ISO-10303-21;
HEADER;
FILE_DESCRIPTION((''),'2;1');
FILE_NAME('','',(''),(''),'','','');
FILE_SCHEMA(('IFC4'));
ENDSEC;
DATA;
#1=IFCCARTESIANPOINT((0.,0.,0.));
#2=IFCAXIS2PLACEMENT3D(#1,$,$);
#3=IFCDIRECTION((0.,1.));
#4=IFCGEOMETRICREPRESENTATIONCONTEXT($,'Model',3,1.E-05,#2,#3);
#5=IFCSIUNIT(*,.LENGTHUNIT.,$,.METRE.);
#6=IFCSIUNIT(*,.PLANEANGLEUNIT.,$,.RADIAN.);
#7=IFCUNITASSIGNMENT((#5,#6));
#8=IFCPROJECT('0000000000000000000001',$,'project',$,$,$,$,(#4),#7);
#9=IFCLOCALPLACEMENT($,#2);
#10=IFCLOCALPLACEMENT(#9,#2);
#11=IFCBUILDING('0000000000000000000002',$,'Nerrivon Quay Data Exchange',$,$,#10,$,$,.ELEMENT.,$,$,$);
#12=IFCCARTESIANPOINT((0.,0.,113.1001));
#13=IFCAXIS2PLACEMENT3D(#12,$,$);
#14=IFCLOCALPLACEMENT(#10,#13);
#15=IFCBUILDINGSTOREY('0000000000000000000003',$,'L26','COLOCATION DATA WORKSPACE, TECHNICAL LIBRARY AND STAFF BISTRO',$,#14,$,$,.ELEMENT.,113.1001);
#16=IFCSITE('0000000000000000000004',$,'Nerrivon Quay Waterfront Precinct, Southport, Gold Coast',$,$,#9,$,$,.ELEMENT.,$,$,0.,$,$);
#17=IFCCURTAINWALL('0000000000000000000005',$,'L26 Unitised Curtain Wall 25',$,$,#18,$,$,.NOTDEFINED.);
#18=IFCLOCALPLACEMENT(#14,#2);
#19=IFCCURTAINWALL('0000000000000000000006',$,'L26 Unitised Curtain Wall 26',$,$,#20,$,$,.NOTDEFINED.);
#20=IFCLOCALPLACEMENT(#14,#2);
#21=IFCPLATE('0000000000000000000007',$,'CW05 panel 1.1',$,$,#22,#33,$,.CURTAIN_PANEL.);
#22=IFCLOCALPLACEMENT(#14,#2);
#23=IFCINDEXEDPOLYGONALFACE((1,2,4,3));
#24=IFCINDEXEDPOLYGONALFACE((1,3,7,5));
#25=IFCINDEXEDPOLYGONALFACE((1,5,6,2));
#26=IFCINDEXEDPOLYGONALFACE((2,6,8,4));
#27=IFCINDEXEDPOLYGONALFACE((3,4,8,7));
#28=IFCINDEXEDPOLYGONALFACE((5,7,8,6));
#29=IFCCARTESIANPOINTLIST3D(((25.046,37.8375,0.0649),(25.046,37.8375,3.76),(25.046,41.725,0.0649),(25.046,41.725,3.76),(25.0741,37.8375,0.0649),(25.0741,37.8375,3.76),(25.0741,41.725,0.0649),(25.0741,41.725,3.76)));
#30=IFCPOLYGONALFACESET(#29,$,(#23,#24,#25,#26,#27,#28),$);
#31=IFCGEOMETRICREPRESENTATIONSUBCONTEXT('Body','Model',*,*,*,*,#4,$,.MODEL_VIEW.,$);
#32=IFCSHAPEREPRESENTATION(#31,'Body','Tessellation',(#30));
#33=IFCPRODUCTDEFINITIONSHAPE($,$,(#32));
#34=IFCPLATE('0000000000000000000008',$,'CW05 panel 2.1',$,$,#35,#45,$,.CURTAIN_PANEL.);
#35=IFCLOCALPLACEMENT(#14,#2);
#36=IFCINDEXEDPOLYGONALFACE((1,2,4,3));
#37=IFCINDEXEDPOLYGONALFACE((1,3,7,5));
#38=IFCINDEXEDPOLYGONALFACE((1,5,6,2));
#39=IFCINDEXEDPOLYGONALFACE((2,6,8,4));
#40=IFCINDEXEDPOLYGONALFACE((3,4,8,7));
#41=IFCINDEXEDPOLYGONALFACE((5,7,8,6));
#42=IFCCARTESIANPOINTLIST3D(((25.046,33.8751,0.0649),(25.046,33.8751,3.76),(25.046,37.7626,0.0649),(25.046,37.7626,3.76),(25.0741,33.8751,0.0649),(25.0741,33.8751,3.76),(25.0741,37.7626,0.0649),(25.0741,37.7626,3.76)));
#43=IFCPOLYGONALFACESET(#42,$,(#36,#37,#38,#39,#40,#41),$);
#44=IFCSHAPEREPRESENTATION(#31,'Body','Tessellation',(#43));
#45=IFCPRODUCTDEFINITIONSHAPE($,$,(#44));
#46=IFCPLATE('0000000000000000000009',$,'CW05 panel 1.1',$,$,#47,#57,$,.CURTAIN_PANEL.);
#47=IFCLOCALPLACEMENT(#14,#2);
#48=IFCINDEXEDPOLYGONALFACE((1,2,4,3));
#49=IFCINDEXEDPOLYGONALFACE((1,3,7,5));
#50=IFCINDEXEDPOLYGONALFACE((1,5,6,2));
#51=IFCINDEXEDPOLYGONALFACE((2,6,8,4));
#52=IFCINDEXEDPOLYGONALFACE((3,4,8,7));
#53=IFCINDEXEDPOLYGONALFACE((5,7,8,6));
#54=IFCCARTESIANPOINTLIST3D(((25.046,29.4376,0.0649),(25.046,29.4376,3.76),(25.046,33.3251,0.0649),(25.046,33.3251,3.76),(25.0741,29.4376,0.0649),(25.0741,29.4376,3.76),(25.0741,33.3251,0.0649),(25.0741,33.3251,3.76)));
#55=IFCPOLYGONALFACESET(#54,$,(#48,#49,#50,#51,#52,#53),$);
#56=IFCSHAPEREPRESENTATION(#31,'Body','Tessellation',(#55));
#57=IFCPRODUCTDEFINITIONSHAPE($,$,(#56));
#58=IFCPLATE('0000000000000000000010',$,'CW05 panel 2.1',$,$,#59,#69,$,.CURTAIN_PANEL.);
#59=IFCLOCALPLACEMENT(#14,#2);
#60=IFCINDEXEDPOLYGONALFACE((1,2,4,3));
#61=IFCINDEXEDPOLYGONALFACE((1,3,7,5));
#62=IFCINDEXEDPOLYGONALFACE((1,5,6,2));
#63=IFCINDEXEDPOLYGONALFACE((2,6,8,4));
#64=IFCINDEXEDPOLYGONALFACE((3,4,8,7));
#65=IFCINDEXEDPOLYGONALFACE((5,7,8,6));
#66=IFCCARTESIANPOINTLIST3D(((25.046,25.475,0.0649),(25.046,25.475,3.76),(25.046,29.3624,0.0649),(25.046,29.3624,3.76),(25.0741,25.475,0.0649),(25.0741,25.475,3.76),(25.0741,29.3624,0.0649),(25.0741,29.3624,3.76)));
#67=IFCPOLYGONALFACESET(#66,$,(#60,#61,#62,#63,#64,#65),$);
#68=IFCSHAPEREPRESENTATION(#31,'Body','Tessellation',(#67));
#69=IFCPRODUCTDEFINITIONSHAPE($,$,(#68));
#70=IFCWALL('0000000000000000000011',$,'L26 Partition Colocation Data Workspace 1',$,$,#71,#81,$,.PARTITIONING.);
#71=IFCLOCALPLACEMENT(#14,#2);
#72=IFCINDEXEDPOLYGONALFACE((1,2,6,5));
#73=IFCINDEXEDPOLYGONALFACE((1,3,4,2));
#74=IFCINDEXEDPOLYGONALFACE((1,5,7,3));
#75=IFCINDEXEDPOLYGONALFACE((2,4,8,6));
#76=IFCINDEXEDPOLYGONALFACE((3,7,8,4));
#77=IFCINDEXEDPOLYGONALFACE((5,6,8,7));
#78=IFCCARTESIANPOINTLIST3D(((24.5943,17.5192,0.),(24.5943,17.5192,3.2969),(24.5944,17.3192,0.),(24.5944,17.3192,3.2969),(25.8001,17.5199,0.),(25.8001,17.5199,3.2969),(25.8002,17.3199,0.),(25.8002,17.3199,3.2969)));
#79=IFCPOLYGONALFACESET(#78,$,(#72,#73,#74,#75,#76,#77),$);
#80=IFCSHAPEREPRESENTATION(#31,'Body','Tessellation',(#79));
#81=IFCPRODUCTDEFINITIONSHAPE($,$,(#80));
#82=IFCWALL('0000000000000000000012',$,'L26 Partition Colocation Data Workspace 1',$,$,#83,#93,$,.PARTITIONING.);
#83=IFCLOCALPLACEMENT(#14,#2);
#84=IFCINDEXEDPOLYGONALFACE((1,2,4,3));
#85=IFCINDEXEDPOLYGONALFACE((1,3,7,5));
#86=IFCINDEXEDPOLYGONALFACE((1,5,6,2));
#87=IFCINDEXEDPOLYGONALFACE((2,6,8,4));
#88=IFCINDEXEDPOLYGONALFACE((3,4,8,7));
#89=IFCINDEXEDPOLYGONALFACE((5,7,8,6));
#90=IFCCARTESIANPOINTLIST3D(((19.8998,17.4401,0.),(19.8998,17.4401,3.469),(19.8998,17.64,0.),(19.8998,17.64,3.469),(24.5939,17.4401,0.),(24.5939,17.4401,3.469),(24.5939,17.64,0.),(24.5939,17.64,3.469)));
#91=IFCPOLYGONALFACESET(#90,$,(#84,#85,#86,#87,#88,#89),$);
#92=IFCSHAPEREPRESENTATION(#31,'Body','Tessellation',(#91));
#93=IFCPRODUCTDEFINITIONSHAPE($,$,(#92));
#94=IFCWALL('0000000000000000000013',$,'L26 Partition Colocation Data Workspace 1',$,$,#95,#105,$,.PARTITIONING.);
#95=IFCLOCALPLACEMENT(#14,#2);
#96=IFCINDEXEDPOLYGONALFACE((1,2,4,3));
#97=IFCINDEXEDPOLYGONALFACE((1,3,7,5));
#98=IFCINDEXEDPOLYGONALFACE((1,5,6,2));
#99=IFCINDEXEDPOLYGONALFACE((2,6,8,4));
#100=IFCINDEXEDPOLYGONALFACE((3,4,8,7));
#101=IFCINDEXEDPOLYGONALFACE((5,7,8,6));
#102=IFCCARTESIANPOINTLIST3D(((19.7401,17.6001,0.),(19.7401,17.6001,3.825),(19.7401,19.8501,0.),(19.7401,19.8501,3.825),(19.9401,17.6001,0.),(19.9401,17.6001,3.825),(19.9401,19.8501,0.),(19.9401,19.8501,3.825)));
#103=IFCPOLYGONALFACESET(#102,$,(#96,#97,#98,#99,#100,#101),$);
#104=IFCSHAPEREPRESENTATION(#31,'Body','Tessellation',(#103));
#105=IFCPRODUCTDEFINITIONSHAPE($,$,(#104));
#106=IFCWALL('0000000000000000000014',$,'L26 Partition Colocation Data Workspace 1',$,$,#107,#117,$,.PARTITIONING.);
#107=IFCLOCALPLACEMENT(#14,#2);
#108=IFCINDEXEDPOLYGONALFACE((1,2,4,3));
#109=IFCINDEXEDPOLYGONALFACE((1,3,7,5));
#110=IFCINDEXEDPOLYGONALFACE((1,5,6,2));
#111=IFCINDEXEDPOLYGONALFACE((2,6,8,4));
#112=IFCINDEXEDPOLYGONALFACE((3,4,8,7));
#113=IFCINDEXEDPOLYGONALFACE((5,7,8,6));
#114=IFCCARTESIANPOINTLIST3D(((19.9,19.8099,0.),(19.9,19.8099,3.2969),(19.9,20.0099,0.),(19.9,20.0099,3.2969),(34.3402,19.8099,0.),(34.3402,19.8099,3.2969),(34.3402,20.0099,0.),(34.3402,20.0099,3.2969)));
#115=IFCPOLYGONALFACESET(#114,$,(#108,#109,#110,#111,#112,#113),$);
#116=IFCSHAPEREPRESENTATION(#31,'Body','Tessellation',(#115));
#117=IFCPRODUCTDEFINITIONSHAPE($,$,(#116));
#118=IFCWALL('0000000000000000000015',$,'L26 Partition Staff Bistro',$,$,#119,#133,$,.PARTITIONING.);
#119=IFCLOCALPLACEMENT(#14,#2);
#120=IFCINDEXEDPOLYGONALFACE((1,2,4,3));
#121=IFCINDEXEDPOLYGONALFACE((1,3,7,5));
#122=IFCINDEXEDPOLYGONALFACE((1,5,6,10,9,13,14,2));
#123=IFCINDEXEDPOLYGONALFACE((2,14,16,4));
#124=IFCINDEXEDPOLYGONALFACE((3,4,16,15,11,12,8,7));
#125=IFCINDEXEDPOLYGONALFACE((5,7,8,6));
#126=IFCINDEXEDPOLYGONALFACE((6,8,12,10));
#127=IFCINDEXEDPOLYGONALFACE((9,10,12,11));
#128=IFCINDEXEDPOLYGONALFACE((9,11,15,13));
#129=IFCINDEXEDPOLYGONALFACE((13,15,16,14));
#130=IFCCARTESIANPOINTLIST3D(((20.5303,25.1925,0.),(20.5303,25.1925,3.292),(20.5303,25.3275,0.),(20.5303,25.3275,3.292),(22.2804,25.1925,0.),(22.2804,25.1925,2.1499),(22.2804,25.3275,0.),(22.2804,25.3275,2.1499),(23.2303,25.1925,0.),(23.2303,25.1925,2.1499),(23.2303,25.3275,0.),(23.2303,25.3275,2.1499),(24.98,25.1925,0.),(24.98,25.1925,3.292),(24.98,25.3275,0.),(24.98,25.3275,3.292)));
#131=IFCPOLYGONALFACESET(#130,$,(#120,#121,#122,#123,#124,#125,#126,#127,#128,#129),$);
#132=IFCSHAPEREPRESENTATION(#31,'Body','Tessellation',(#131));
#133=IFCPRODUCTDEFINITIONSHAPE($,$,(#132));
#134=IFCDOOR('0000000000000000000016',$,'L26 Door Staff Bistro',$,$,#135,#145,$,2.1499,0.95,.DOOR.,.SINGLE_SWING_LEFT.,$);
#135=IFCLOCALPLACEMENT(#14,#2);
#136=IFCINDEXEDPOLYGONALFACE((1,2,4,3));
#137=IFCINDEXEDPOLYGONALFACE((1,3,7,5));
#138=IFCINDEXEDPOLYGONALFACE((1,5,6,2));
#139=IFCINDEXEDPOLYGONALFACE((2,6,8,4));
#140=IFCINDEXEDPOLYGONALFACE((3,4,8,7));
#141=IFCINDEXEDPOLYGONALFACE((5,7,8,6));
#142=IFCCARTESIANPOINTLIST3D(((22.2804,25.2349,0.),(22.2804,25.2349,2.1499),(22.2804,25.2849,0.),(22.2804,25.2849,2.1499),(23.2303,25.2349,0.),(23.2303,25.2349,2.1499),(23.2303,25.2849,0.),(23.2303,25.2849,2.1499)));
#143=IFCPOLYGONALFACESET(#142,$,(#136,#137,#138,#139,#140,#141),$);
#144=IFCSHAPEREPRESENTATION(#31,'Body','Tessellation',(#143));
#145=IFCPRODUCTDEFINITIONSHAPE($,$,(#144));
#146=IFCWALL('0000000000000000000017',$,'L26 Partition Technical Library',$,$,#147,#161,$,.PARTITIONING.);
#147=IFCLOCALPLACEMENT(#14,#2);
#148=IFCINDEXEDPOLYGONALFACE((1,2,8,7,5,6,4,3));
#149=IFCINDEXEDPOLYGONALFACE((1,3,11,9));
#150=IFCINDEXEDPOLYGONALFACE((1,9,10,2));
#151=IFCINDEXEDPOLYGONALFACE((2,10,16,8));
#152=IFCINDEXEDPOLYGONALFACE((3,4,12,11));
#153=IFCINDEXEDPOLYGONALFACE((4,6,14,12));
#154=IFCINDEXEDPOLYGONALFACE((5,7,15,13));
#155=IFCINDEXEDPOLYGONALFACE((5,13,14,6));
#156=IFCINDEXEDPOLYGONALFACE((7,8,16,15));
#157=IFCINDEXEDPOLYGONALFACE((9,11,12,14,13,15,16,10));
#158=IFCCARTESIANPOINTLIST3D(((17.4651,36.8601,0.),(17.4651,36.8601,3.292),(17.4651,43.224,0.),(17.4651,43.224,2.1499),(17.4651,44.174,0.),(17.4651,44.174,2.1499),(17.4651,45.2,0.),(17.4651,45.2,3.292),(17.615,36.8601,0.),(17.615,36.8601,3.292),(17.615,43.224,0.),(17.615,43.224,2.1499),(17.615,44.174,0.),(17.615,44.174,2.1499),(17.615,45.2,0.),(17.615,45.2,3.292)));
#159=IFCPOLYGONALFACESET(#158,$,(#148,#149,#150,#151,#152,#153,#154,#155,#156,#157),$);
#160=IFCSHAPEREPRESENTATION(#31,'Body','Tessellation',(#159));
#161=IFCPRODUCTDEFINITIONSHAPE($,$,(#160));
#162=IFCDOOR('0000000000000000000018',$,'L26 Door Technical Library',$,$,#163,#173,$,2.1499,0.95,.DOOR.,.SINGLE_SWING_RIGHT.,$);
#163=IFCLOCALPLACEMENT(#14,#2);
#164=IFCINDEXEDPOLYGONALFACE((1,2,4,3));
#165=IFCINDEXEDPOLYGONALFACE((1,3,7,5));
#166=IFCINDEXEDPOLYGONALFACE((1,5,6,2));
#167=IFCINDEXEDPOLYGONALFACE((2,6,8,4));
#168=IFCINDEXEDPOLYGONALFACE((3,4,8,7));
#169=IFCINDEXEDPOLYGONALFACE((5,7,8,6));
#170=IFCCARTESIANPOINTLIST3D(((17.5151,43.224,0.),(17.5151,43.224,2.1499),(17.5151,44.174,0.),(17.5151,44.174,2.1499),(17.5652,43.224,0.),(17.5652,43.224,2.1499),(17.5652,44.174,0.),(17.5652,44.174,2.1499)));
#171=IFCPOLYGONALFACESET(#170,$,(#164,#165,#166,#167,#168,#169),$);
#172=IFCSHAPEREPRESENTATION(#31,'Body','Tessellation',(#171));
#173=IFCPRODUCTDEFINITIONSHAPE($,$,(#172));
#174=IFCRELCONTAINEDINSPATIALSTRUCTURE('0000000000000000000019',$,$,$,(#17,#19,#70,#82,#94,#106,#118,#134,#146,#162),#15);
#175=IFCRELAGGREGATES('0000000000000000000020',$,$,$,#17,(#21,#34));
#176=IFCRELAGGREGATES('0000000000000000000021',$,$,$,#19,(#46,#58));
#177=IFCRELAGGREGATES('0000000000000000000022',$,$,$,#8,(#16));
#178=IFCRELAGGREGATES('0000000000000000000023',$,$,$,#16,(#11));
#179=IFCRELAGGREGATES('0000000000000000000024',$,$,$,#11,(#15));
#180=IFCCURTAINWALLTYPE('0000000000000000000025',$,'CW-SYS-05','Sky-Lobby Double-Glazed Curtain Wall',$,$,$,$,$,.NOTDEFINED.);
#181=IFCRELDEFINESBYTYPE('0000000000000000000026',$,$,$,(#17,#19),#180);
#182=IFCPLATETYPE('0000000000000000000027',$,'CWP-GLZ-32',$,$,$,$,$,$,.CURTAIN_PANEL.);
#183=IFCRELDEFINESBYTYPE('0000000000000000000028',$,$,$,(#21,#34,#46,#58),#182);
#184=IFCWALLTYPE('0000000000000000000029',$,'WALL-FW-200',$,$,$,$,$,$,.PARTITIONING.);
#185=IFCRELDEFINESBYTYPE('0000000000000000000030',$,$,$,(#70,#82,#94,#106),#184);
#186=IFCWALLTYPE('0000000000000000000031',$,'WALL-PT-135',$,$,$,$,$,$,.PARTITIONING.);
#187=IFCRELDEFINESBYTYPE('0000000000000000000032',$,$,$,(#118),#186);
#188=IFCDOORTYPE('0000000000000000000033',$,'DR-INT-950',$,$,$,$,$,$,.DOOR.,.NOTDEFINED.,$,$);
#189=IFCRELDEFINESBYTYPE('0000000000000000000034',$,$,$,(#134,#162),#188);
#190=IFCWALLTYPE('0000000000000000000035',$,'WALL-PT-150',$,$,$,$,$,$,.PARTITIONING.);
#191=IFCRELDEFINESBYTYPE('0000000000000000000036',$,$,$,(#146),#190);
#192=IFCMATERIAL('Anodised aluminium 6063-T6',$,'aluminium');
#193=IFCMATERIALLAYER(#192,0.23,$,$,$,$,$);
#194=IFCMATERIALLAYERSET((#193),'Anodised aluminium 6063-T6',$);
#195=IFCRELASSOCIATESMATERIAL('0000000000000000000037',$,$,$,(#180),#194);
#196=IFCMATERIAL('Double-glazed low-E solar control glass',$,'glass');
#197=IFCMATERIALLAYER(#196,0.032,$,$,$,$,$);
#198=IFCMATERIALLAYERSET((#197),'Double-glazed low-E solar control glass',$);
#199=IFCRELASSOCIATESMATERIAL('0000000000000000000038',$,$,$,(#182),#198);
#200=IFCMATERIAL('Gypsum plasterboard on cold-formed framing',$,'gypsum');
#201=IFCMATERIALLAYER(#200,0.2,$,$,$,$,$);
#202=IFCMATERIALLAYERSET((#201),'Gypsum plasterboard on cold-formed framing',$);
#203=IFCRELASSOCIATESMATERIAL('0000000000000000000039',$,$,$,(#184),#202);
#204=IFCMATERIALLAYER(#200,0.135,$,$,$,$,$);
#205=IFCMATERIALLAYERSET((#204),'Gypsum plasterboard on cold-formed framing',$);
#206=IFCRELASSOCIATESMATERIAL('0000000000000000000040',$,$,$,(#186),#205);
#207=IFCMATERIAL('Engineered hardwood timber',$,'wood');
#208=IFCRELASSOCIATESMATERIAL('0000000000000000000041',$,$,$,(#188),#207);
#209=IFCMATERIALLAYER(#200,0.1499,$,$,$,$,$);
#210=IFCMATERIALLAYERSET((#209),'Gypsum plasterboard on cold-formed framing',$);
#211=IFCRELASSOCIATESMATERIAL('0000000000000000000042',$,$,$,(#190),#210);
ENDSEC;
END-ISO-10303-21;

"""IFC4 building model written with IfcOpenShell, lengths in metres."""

from ifc_helpers import new_model, si_unit, direction, frame, frame_2d, origin, origin_2d, place, context, subcontext, project, spatial, rectangle, extrude, material, layer, layer_set, type_object, element, fill, aggregate, save


model = new_model("IFC4")

# Units and contexts
model_context = context("Model", 3, precision=1e-05, world=origin(), true_north=direction((0.0, 1.0)))
body_context = subcontext(model_context, "Body", "Model", "MODEL_VIEW")
ifc_project = project(units=[si_unit("LENGTHUNIT", "METRE"), si_unit("PLANEANGLEUNIT", "RADIAN")], contexts=[model_context])

# Site, building, storey
site_placement = place(None, origin())
site = spatial("IfcSite", under=ifc_project, at=site_placement, Name="Nerrivon Quay Waterfront Precinct, Southport, Gold Coast", CompositionType="ELEMENT", RefElevation=0.0)
building_placement = place(site_placement, origin())
building = spatial("IfcBuilding", under=site, at=building_placement, Name="Nerrivon Quay Data Exchange", CompositionType="ELEMENT")
storey_placement = place(building_placement, frame((0.0, 0.0, 113.1001)))
storey = spatial("IfcBuildingStorey", under=building, at=storey_placement, Name="L26", Description="COLOCATION DATA WORKSPACE, TECHNICAL LIBRARY AND STAFF BISTRO", CompositionType="ELEMENT", Elevation=113.1001)

# Curtain walls
ifc_material_1 = material(Name="Anodised aluminium 6063-T6", Category="aluminium")
ifc_layer_1 = layer(ifc_material_1, 0.23)
ifc_layer_set_1 = layer_set([ifc_layer_1], Name="Anodised aluminium 6063-T6")
curtain_wall_type = type_object("IfcCurtainWallType", Name="CW-SYS-05", Description="Sky-Lobby Double-Glazed Curtain Wall", PredefinedType="NOTDEFINED", material=ifc_layer_set_1)
curtain_wall_1_placement = place(storey_placement, origin())
curtain_wall_1 = element("IfcCurtainWall", 1, at=curtain_wall_1_placement, inside=storey, type_object=curtain_wall_type, Name="L26 Unitised Curtain Wall 25", PredefinedType="NOTDEFINED")
curtain_wall_2_placement = place(storey_placement, origin())
curtain_wall_2 = element("IfcCurtainWall", 2, at=curtain_wall_2_placement, inside=storey, type_object=curtain_wall_type, Name="L26 Unitised Curtain Wall 26", PredefinedType="NOTDEFINED")

# Plates
ifc_material_2 = material(Name="Double-glazed low-E solar control glass", Category="glass")
ifc_layer_2 = layer(ifc_material_2, 0.032)
ifc_layer_set_2 = layer_set([ifc_layer_2], Name="Double-glazed low-E solar control glass")
plate_type = type_object("IfcPlateType", Name="CWP-GLZ-32", PredefinedType="CURTAIN_PANEL", material=ifc_layer_set_2)
plate_1_placement = place(storey_placement, frame((25.0601, 39.7812, 0.0649), z_axis=(0.0, 0.0, 1.0), x_axis=(0.0, -1.0, 0.0)))
plate_1 = element("IfcPlate", 3, at=plate_1_placement, type_object=plate_type, Name="CW05 panel 1.1", PredefinedType="CURTAIN_PANEL", context=body_context, shape_type="SweptSolid", body=[
    extrude(rectangle(XDim=3.8875, YDim=0.0281, at=origin_2d()), origin(), (0.0, 0.0, 1.0), 3.6951),
])
plate_2_placement = place(storey_placement, frame((25.0601, 35.8188, 0.0649), z_axis=(0.0, 0.0, 1.0), x_axis=(0.0, -1.0, 0.0)))
plate_2 = element("IfcPlate", 4, at=plate_2_placement, type_object=plate_type, Name="CW05 panel 2.1", PredefinedType="CURTAIN_PANEL", context=body_context, shape_type="SweptSolid", body=[
    extrude(rectangle(XDim=3.8875, YDim=0.0281, at=origin_2d()), origin(), (0.0, 0.0, 1.0), 3.6951),
])
aggregate(curtain_wall_1, [plate_1, plate_2])
plate_3_placement = place(storey_placement, frame((25.0601, 31.3813, 0.0649), z_axis=(0.0, 0.0, 1.0), x_axis=(0.0, -1.0, 0.0)))
plate_3 = element("IfcPlate", 5, at=plate_3_placement, type_object=plate_type, Name="CW05 panel 1.1", PredefinedType="CURTAIN_PANEL", context=body_context, shape_type="SweptSolid", body=[
    extrude(rectangle(XDim=3.8875, YDim=0.0281, at=origin_2d()), origin(), (0.0, 0.0, 1.0), 3.6951),
])
plate_4_placement = place(storey_placement, frame((25.0601, 27.4187, 0.0649), z_axis=(0.0, 0.0, 1.0), x_axis=(0.0, -1.0, 0.0)))
plate_4 = element("IfcPlate", 6, at=plate_4_placement, type_object=plate_type, Name="CW05 panel 2.1", PredefinedType="CURTAIN_PANEL", context=body_context, shape_type="SweptSolid", body=[
    extrude(rectangle(XDim=3.8875, YDim=0.0281, at=origin_2d()), origin(), (0.0, 0.0, 1.0), 3.6951),
])
aggregate(curtain_wall_2, [plate_3, plate_4])

# Walls
ifc_material_3 = material(Name="Gypsum plasterboard on cold-formed framing", Category="gypsum")
ifc_layer_3 = layer(ifc_material_3, 0.2)
ifc_layer_set_3 = layer_set([ifc_layer_3], Name="Gypsum plasterboard on cold-formed framing")
wall_type_1 = type_object("IfcWallType", Name="WALL-FW-200", PredefinedType="PARTITIONING", material=ifc_layer_set_3)
wall_1_placement = place(storey_placement, frame((24.5942, 17.4192, 0.0), z_axis=(0.0, 0.0, 1.0), x_axis=(1.0, 0.000607, 0.0)))
element("IfcWall", 7, at=wall_1_placement, inside=storey, type_object=wall_type_1, Name="L26 Partition Colocation Data Workspace 1", PredefinedType="PARTITIONING", context=body_context, shape_type="SweptSolid", body=[
    extrude(rectangle(XDim=1.2058, YDim=0.2, at=frame_2d((0.603, 0.0))), origin(), (0.0, 0.0, 1.0), 3.2969),
])
wall_2_placement = place(storey_placement, frame((24.594, 17.54, 0.0), z_axis=(0.0, 0.0, 1.0), x_axis=(-1.0, 0.0, 0.0)))
element("IfcWall", 8, at=wall_2_placement, inside=storey, type_object=wall_type_1, Name="L26 Partition Colocation Data Workspace 1", PredefinedType="PARTITIONING", context=body_context, shape_type="SweptSolid", body=[
    extrude(rectangle(XDim=4.6941, YDim=0.2, at=frame_2d((2.3472, 0.0))), origin(), (0.0, 0.0, 1.0), 3.469),
])
wall_3_placement = place(storey_placement, frame((19.8401, 17.6001, 0.0), z_axis=(0.0, 0.0, 1.0), x_axis=(0.0, 1.0, 0.0)))
element("IfcWall", 9, at=wall_3_placement, inside=storey, type_object=wall_type_1, Name="L26 Partition Colocation Data Workspace 1", PredefinedType="PARTITIONING", context=body_context, shape_type="SweptSolid", body=[
    extrude(rectangle(XDim=2.25, YDim=0.2, at=frame_2d((1.125, 0.0))), origin(), (0.0, 0.0, 1.0), 3.825),
])
wall_4_placement = place(storey_placement, frame((19.8999, 19.9099, 0.0), z_axis=(0.0, 0.0, 1.0), x_axis=(1.0, 0.0, 0.0)))
element("IfcWall", 10, at=wall_4_placement, inside=storey, type_object=wall_type_1, Name="L26 Partition Colocation Data Workspace 1", PredefinedType="PARTITIONING", context=body_context, shape_type="SweptSolid", body=[
    extrude(rectangle(XDim=14.4402, YDim=0.2, at=frame_2d((7.2202, 0.0))), origin(), (0.0, 0.0, 1.0), 3.2969),
])

# Walls, openings, doors
ifc_layer_4 = layer(ifc_material_3, 0.135)
ifc_layer_set_4 = layer_set([ifc_layer_4], Name="Gypsum plasterboard on cold-formed framing")
wall_type_2 = type_object("IfcWallType", Name="WALL-PT-135", PredefinedType="PARTITIONING", material=ifc_layer_set_4)
wall_5_placement = place(storey_placement, frame((20.5303, 25.26, 0.0), z_axis=(0.0, 0.0, 1.0), x_axis=(1.0, 0.0, 0.0)))
wall_5 = element("IfcWall", 11, at=wall_5_placement, inside=storey, type_object=wall_type_2, Name="L26 Partition Staff Bistro", PredefinedType="PARTITIONING", context=body_context, shape_type="SweptSolid", body=[
    extrude(rectangle(XDim=4.4497, YDim=0.135, at=frame_2d((2.2249, 0.0))), origin(), (0.0, 0.0, 1.0), 3.292),
])
opening_1_placement = place(wall_5_placement, frame((1.75, 0.0, 0.0)))
opening_1 = element("IfcOpeningElement", 12, at=opening_1_placement, cuts=wall_5, PredefinedType="OPENING", context=body_context, shape_type="SweptSolid", body=[
    extrude(rectangle(XDim=0.95, YDim=2.1499, at=frame_2d((0.4751, 1.075))), frame((0.0, 0.0774, 0.0), z_axis=(0.0, -1.0, 0.0), x_axis=(1.0, 0.0, 0.0)), (0.0, 0.0, 1.0), 0.155),
])
ifc_material_4 = material(Name="Engineered hardwood timber", Category="wood")
door_type_1 = type_object("IfcDoorType", Name="DR-INT-950", OperationType="NOTDEFINED", PredefinedType="DOOR", material=ifc_material_4)
door_1_placement = place(opening_1_placement, origin())
door_1 = element("IfcDoor", 13, at=door_1_placement, inside=storey, type_object=door_type_1, Name="L26 Door Staff Bistro", OperationType="SINGLE_SWING_LEFT", OverallHeight=2.1499, OverallWidth=0.95, PredefinedType="DOOR", context=body_context, shape_type="SweptSolid", body=[
    extrude(rectangle(XDim=0.95, YDim=2.1499, at=frame_2d((0.4751, 1.075))), frame((0.0, 0.0249, 0.0), z_axis=(0.0, -1.0, 0.0), x_axis=(1.0, 0.0, 0.0)), (0.0, 0.0, 1.0), 0.05),
])
fill(opening_1, door_1)
ifc_layer_5 = layer(ifc_material_3, 0.1499)
ifc_layer_set_5 = layer_set([ifc_layer_5], Name="Gypsum plasterboard on cold-formed framing")
wall_type_3 = type_object("IfcWallType", Name="WALL-PT-150", PredefinedType="PARTITIONING", material=ifc_layer_set_5)
wall_6_placement = place(storey_placement, frame((17.54, 36.8601, 0.0), z_axis=(0.0, 0.0, 1.0), x_axis=(0.0, 1.0, 0.0)))
wall_6 = element("IfcWall", 14, at=wall_6_placement, inside=storey, type_object=wall_type_3, Name="L26 Partition Technical Library", PredefinedType="PARTITIONING", context=body_context, shape_type="SweptSolid", body=[
    extrude(rectangle(XDim=8.3398, YDim=0.1499, at=frame_2d((4.1699, 0.0))), origin(), (0.0, 0.0, 1.0), 3.292),
])
opening_2_placement = place(wall_6_placement, frame((6.3638, 0.0, 0.0)))
opening_2 = element("IfcOpeningElement", 15, at=opening_2_placement, cuts=wall_6, PredefinedType="OPENING", context=body_context, shape_type="SweptSolid", body=[
    extrude(rectangle(XDim=0.95, YDim=2.1499, at=frame_2d((0.4751, 1.075))), frame((0.0, 0.085, 0.0), z_axis=(0.0, -1.0, 0.0), x_axis=(1.0, 0.0, 0.0)), (0.0, 0.0, 1.0), 0.1699),
])
door_2_placement = place(opening_2_placement, origin())
door_2 = element("IfcDoor", 16, at=door_2_placement, inside=storey, type_object=door_type_1, Name="L26 Door Technical Library", OperationType="SINGLE_SWING_RIGHT", OverallHeight=2.1499, OverallWidth=0.95, PredefinedType="DOOR", context=body_context, shape_type="SweptSolid", body=[
    extrude(rectangle(XDim=0.95, YDim=2.1499, at=frame_2d((0.4751, 1.075))), frame((0.0, 0.0249, 0.0), z_axis=(0.0, -1.0, 0.0), x_axis=(1.0, 0.0, 0.0)), (0.0, 0.0, 1.0), 0.05),
])
fill(opening_2, door_2)

save(model, "model.ifc")
